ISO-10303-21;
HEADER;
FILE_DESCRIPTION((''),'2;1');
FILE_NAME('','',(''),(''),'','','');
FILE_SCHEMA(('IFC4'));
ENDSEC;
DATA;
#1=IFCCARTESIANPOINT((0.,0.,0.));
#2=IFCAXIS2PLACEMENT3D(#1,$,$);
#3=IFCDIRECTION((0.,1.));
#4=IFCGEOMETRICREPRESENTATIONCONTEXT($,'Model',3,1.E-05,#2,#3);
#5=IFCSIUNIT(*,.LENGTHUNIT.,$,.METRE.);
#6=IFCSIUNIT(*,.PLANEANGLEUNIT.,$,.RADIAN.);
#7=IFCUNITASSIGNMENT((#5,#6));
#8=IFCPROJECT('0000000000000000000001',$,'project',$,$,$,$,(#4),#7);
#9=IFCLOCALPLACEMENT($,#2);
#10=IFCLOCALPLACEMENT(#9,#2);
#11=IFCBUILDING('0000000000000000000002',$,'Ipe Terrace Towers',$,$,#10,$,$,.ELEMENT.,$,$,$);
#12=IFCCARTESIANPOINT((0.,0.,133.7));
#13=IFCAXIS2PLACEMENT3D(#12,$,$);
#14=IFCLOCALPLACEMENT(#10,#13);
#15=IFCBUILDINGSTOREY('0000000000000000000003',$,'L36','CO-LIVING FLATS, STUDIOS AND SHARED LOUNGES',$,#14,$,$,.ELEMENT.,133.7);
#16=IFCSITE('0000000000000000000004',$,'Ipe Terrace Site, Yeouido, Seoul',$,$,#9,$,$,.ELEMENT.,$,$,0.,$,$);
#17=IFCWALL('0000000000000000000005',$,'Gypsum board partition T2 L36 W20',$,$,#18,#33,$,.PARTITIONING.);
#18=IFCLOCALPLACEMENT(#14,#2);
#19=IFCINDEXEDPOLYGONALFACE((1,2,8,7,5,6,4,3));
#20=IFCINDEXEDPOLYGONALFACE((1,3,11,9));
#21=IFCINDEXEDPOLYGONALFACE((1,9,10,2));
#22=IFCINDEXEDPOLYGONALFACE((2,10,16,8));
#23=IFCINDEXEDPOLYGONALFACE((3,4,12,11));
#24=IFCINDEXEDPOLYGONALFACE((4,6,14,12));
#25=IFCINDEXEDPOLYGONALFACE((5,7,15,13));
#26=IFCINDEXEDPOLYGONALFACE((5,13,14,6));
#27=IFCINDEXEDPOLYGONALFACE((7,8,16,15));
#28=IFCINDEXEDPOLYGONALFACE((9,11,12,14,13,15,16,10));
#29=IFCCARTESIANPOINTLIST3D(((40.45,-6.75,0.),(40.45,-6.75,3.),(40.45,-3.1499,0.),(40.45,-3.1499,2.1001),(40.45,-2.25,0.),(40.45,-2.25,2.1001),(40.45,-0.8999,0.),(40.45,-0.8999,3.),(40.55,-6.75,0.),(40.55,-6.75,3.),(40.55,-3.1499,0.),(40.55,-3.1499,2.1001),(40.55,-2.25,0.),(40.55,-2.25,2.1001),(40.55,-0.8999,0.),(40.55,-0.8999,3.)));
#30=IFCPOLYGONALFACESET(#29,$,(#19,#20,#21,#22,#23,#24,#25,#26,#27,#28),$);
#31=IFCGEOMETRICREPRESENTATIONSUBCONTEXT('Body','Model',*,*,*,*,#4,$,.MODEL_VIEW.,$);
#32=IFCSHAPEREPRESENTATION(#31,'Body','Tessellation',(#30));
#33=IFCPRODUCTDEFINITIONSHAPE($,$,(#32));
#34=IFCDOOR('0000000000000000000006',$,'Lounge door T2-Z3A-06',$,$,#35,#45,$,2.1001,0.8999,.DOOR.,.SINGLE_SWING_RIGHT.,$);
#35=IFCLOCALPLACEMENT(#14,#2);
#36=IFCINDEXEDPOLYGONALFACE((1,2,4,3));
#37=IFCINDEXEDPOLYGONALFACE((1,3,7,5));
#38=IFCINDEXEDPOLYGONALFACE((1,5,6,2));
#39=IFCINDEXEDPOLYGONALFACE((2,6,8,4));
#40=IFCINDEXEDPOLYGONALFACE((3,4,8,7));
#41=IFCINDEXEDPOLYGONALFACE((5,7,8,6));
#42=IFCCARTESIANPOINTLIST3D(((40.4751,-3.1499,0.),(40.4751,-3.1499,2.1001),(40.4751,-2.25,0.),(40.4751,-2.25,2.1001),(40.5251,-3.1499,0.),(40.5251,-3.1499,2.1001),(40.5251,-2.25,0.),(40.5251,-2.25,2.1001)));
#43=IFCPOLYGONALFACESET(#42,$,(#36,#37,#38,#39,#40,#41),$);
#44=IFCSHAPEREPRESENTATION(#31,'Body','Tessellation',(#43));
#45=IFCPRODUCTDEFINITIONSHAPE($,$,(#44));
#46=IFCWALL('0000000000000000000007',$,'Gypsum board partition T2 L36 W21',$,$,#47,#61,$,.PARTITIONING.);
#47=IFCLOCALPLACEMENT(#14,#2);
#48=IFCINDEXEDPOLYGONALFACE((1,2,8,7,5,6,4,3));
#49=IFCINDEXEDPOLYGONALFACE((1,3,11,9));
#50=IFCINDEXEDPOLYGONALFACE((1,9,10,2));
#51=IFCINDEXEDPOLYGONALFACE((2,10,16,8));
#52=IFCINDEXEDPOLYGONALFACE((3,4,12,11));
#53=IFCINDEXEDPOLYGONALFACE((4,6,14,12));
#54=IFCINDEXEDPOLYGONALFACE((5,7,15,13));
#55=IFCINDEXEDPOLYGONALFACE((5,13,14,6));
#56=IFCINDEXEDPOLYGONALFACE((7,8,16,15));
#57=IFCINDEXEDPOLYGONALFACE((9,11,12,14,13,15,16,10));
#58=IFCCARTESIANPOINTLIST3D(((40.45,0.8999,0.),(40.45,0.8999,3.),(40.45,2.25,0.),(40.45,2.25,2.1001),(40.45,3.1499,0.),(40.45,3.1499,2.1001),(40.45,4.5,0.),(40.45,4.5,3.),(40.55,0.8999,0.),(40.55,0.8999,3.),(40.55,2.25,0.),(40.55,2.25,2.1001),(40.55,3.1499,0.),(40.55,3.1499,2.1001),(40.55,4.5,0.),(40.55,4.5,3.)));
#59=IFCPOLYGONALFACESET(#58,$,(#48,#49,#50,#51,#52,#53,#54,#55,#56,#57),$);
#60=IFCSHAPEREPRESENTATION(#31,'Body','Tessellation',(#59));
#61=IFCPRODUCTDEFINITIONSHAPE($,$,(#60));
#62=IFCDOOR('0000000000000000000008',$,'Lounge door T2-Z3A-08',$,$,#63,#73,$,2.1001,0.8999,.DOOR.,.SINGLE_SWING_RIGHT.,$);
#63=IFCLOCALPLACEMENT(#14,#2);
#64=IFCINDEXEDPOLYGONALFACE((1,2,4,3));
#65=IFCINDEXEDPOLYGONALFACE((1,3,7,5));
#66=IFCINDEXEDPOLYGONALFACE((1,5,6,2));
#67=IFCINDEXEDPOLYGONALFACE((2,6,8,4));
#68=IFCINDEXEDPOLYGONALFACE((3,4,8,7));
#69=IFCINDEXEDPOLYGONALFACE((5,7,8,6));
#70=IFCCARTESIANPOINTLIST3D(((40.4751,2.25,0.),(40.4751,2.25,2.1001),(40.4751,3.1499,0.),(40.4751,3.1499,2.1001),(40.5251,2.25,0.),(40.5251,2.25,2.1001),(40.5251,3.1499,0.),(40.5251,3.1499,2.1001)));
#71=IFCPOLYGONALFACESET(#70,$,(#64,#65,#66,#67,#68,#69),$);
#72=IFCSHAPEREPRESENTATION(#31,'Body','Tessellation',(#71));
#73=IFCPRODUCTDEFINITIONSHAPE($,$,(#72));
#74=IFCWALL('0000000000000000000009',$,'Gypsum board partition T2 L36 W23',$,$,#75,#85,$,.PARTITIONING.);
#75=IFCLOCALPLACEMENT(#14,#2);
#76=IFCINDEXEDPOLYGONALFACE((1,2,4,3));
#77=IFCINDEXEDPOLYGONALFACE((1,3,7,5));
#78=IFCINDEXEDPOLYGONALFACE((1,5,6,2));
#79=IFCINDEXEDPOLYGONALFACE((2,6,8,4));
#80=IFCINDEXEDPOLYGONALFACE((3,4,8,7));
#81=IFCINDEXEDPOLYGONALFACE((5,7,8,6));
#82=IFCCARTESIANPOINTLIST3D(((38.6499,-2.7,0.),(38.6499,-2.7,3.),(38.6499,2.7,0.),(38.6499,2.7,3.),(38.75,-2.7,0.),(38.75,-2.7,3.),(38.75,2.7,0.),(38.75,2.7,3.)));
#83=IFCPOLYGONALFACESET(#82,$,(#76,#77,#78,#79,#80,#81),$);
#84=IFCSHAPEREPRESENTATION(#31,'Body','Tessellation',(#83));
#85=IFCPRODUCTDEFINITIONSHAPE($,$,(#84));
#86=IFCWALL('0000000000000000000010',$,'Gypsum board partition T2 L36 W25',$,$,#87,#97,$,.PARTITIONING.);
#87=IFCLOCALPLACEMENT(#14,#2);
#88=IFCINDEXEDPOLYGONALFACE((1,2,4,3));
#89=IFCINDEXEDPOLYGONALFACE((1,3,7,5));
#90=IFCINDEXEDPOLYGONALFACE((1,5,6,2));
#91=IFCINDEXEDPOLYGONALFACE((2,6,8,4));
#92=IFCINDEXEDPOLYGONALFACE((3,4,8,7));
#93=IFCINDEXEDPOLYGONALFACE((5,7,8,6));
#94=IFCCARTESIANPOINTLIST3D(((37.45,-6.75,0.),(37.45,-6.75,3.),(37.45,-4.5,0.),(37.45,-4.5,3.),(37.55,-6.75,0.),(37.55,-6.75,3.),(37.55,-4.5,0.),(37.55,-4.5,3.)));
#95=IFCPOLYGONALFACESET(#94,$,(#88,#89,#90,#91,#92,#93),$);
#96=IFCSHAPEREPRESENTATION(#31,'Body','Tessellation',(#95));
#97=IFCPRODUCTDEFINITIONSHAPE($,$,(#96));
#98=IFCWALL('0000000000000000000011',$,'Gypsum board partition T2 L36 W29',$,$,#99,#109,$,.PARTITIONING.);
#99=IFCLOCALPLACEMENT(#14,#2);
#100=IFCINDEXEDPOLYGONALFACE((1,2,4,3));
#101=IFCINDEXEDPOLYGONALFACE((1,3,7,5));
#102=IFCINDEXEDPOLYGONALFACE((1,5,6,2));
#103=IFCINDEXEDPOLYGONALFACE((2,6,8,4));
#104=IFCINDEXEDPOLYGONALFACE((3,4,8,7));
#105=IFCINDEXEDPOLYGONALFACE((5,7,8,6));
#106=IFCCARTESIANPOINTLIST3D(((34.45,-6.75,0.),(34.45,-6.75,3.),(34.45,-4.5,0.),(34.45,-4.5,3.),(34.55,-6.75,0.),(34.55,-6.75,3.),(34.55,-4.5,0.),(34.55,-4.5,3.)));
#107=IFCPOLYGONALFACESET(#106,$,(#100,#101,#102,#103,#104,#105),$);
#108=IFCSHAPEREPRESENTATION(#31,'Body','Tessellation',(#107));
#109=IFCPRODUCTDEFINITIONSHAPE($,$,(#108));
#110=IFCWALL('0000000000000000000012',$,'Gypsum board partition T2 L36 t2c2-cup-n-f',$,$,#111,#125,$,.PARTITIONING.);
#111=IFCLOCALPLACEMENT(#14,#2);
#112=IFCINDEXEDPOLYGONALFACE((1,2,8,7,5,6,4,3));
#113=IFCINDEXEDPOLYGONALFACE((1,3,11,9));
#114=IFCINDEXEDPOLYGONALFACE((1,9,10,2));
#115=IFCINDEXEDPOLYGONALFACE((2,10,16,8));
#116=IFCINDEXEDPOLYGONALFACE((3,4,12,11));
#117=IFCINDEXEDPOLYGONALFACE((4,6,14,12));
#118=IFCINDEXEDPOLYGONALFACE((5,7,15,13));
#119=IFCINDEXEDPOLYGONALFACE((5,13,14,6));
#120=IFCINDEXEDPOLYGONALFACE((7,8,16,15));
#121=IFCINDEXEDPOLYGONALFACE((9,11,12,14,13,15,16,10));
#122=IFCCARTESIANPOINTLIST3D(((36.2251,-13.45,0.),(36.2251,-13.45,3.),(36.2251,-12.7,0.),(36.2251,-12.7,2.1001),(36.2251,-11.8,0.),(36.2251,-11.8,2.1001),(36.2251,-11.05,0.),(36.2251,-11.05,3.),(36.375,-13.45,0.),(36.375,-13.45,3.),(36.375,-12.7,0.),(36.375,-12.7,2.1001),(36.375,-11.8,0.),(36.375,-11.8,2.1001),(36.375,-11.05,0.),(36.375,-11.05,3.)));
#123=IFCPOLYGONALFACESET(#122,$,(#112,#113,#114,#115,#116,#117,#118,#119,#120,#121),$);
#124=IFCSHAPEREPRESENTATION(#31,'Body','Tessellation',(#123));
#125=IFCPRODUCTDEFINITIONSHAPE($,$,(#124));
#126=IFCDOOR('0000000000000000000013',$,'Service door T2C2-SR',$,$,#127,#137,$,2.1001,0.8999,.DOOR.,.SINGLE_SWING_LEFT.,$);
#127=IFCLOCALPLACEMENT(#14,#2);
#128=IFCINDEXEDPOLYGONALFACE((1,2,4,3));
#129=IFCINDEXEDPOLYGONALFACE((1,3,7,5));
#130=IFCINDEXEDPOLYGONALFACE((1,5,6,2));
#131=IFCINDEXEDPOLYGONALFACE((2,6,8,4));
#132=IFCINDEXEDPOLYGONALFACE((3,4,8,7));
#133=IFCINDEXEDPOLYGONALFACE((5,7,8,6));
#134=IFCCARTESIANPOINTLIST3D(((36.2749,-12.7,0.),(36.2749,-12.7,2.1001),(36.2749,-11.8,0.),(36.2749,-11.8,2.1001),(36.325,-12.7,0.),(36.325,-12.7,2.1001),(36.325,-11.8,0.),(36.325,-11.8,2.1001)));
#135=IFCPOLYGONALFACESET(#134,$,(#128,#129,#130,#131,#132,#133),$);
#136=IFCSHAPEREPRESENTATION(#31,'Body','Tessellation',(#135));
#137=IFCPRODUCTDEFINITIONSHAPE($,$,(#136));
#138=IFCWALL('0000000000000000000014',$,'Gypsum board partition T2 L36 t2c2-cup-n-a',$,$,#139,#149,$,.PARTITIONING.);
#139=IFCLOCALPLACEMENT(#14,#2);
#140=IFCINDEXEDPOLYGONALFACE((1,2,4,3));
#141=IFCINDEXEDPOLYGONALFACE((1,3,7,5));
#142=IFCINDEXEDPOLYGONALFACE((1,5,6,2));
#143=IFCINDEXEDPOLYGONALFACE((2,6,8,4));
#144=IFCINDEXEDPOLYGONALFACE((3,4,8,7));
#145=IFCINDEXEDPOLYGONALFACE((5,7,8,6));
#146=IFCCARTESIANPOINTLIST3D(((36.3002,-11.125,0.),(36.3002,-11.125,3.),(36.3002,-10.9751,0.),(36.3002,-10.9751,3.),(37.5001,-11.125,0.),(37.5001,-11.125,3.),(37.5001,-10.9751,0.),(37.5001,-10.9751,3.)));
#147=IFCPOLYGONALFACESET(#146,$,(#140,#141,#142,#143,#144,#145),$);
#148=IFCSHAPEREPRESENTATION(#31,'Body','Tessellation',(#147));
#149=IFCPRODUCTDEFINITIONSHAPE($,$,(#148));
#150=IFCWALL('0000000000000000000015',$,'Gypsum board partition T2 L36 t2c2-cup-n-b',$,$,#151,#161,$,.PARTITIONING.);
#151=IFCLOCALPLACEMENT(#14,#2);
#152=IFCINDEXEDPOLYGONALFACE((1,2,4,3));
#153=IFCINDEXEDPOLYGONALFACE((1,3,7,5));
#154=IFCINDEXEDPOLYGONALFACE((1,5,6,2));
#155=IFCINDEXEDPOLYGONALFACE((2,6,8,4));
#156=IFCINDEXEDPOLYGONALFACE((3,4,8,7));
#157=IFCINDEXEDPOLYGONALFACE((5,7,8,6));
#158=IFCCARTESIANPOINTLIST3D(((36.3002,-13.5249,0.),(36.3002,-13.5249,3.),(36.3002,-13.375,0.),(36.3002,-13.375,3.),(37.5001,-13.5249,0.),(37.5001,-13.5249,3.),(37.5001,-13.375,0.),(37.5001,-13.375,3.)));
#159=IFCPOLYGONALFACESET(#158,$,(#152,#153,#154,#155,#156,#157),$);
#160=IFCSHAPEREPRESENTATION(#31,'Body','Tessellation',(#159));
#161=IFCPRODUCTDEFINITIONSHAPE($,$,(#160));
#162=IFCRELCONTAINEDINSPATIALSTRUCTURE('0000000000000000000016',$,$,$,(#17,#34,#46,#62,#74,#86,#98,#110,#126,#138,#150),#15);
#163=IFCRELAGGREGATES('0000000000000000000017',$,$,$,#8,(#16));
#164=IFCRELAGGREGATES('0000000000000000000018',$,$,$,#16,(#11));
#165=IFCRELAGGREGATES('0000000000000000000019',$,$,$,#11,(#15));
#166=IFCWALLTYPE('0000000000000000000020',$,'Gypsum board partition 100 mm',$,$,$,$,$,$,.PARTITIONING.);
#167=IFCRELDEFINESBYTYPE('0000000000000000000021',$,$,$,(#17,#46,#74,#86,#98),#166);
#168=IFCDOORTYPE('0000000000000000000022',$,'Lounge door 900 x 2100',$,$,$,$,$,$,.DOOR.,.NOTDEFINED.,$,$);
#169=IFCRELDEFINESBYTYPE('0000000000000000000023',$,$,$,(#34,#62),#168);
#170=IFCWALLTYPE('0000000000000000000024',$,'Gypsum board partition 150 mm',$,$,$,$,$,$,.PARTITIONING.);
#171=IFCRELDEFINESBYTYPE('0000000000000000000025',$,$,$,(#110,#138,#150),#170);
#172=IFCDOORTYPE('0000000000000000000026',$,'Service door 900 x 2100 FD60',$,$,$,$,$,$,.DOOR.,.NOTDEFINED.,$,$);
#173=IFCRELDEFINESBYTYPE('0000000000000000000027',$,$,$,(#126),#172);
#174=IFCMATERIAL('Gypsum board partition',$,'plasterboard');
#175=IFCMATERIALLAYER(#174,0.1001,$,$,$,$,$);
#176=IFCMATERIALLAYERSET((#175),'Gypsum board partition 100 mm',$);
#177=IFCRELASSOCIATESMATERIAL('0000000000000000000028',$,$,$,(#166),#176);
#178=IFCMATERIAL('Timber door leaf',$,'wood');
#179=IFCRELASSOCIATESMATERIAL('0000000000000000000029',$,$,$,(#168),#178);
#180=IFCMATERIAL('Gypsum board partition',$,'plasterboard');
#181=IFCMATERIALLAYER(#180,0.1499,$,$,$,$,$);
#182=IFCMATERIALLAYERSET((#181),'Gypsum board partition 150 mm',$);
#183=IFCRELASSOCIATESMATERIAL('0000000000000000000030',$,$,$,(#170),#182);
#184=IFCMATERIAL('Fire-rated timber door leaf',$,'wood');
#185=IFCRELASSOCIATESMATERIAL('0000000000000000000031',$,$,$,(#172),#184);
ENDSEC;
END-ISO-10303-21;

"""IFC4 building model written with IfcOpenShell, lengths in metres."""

from ifc_helpers import new_model, si_unit, direction, frame, frame_2d, origin, place, context, subcontext, project, spatial, rectangle, extrude, material, layer, layer_set, type_object, element, fill, save


model = new_model("IFC4")

# Units and contexts
model_context = context("Model", 3, precision=1e-05, world=origin(), true_north=direction((0.0, 1.0)))
body_context = subcontext(model_context, "Body", "Model", "MODEL_VIEW")
ifc_project = project(units=[si_unit("LENGTHUNIT", "METRE"), si_unit("PLANEANGLEUNIT", "RADIAN")], contexts=[model_context])

# Site, building, storey
site_placement = place(None, origin())
site = spatial("IfcSite", under=ifc_project, at=site_placement, Name="Ipe Terrace Site, Yeouido, Seoul", CompositionType="ELEMENT", RefElevation=0.0)
building_placement = place(site_placement, origin())
building = spatial("IfcBuilding", under=site, at=building_placement, Name="Ipe Terrace Towers", CompositionType="ELEMENT")
storey_placement = place(building_placement, frame((0.0, 0.0, 133.7)))
storey = spatial("IfcBuildingStorey", under=building, at=storey_placement, Name="L36", Description="CO-LIVING FLATS, STUDIOS AND SHARED LOUNGES", CompositionType="ELEMENT", Elevation=133.7)

# Shared definitions
ifc_material_1 = material(Name="Gypsum board partition", Category="plasterboard")
ifc_layer_1 = layer(ifc_material_1, 0.1001)
ifc_layer_set_1 = layer_set([ifc_layer_1], Name="Gypsum board partition 100 mm")
wall_type_1 = type_object("IfcWallType", Name="Gypsum board partition 100 mm", PredefinedType="PARTITIONING", material=ifc_layer_set_1)
ifc_material_2 = material(Name="Timber door leaf", Category="wood")
door_type_1 = type_object("IfcDoorType", Name="Lounge door 900 x 2100", OperationType="NOTDEFINED", PredefinedType="DOOR", material=ifc_material_2)

# Walls, openings, doors
wall_1_placement = place(storey_placement, frame((40.5, -6.75, 0.0), z_axis=(0.0, 0.0, 1.0), x_axis=(0.0, 1.0, 0.0)))
wall_1 = element("IfcWall", 1, at=wall_1_placement, inside=storey, type_object=wall_type_1, Name="Gypsum board partition T2 L36 W20", PredefinedType="PARTITIONING", context=body_context, shape_type="SweptSolid", body=[
    extrude(rectangle(XDim=5.8501, YDim=0.1001, at=frame_2d((2.925, 0.0))), origin(), (0.0, 0.0, 1.0), 3.0),
])
opening_1_placement = place(wall_1_placement, frame((3.6001, 0.0, 0.0)))
opening_1 = element("IfcOpeningElement", 2, at=opening_1_placement, cuts=wall_1, PredefinedType="OPENING", context=body_context, shape_type="SweptSolid", body=[
    extrude(rectangle(XDim=0.8999, YDim=2.1001, at=frame_2d((0.45, 1.05))), frame((0.0, 0.0601, 0.0), z_axis=(0.0, -1.0, 0.0), x_axis=(1.0, 0.0, 0.0)), (0.0, 0.0, 1.0), 0.1201),
])
door_1_placement = place(opening_1_placement, origin())
door_1 = element("IfcDoor", 3, at=door_1_placement, inside=storey, type_object=door_type_1, Name="Lounge door T2-Z3A-06", OperationType="SINGLE_SWING_RIGHT", OverallHeight=2.1001, OverallWidth=0.8999, PredefinedType="DOOR", context=body_context, shape_type="SweptSolid", body=[
    extrude(rectangle(XDim=0.8999, YDim=2.1001, at=frame_2d((0.45, 1.05))), frame((0.0, 0.0249, 0.0), z_axis=(0.0, -1.0, 0.0), x_axis=(1.0, 0.0, 0.0)), (0.0, 0.0, 1.0), 0.05),
])
fill(opening_1, door_1)
wall_2_placement = place(storey_placement, frame((40.5, 0.8999, 0.0), z_axis=(0.0, 0.0, 1.0), x_axis=(0.0, 1.0, 0.0)))
wall_2 = element("IfcWall", 4, at=wall_2_placement, inside=storey, type_object=wall_type_1, Name="Gypsum board partition T2 L36 W21", PredefinedType="PARTITIONING", context=body_context, shape_type="SweptSolid", body=[
    extrude(rectangle(XDim=3.6001, YDim=0.1001, at=frame_2d((1.8, 0.0))), origin(), (0.0, 0.0, 1.0), 3.0),
])
opening_2_placement = place(wall_2_placement, frame((1.3501, 0.0, 0.0)))
opening_2 = element("IfcOpeningElement", 5, at=opening_2_placement, cuts=wall_2, PredefinedType="OPENING", context=body_context, shape_type="SweptSolid", body=[
    extrude(rectangle(XDim=0.8999, YDim=2.1001, at=frame_2d((0.45, 1.05))), frame((0.0, 0.0601, 0.0), z_axis=(0.0, -1.0, 0.0), x_axis=(1.0, 0.0, 0.0)), (0.0, 0.0, 1.0), 0.1201),
])
door_2_placement = place(opening_2_placement, origin())
door_2 = element("IfcDoor", 6, at=door_2_placement, inside=storey, type_object=door_type_1, Name="Lounge door T2-Z3A-08", OperationType="SINGLE_SWING_RIGHT", OverallHeight=2.1001, OverallWidth=0.8999, PredefinedType="DOOR", context=body_context, shape_type="SweptSolid", body=[
    extrude(rectangle(XDim=0.8999, YDim=2.1001, at=frame_2d((0.45, 1.05))), frame((0.0, 0.0249, 0.0), z_axis=(0.0, -1.0, 0.0), x_axis=(1.0, 0.0, 0.0)), (0.0, 0.0, 1.0), 0.05),
])
fill(opening_2, door_2)

# Walls
wall_3_placement = place(storey_placement, frame((38.7, -2.7, 0.0), z_axis=(0.0, 0.0, 1.0), x_axis=(0.0, 1.0, 0.0)))
element("IfcWall", 7, at=wall_3_placement, inside=storey, type_object=wall_type_1, Name="Gypsum board partition T2 L36 W23", PredefinedType="PARTITIONING", context=body_context, shape_type="SweptSolid", body=[
    extrude(rectangle(XDim=5.3999, YDim=0.1001, at=frame_2d((2.7, 0.0))), origin(), (0.0, 0.0, 1.0), 3.0),
])
for number, where, z_axis, x_axis, name in (
    (8, (37.5, -6.75, 0.0), (0.0, 0.0, 1.0), (0.0, 1.0, 0.0), "Gypsum board partition T2 L36 W25"),
    (9, (34.5, -6.75, 0.0), (0.0, 0.0, 1.0), (0.0, 1.0, 0.0), "Gypsum board partition T2 L36 W29"),
):
    element("IfcWall", number, at=place(storey_placement, frame(where, z_axis=z_axis, x_axis=x_axis)), inside=storey, type_object=wall_type_1, Name=name, PredefinedType="PARTITIONING", context=body_context, shape_type="SweptSolid", body=[
        extrude(rectangle(XDim=2.25, YDim=0.1001, at=frame_2d((1.125, 0.0))), origin(), (0.0, 0.0, 1.0), 3.0),
    ])

# Wall, opening, door
ifc_material_3 = material(Name="Gypsum board partition", Category="plasterboard")
ifc_layer_2 = layer(ifc_material_3, 0.1499)
ifc_layer_set_2 = layer_set([ifc_layer_2], Name="Gypsum board partition 150 mm")
wall_type_2 = type_object("IfcWallType", Name="Gypsum board partition 150 mm", PredefinedType="PARTITIONING", material=ifc_layer_set_2)
wall_4_placement = place(storey_placement, frame((36.3, -11.05, 0.0), z_axis=(0.0, 0.0, 1.0), x_axis=(0.0, -1.0, 0.0)))
wall_4 = element("IfcWall", 10, at=wall_4_placement, inside=storey, type_object=wall_type_2, Name="Gypsum board partition T2 L36 t2c2-cup-n-f", PredefinedType="PARTITIONING", context=body_context, shape_type="SweptSolid", body=[
    extrude(rectangle(XDim=2.3999, YDim=0.1499, at=frame_2d((1.2, 0.0))), origin(), (0.0, 0.0, 1.0), 3.0),
])
opening_3_placement = place(wall_4_placement, frame((0.75, 0.0, 0.0)))
opening_3 = element("IfcOpeningElement", 11, at=opening_3_placement, cuts=wall_4, PredefinedType="OPENING", context=body_context, shape_type="SweptSolid", body=[
    extrude(rectangle(XDim=0.8999, YDim=2.1001, at=frame_2d((0.45, 1.05))), frame((0.0, 0.085, 0.0), z_axis=(0.0, -1.0, 0.0), x_axis=(1.0, 0.0, 0.0)), (0.0, 0.0, 1.0), 0.1699),
])
ifc_material_4 = material(Name="Fire-rated timber door leaf", Category="wood")
door_type_2 = type_object("IfcDoorType", Name="Service door 900 x 2100 FD60", OperationType="NOTDEFINED", PredefinedType="DOOR", material=ifc_material_4)
door_3_placement = place(opening_3_placement, origin())
door_3 = element("IfcDoor", 12, at=door_3_placement, inside=storey, type_object=door_type_2, Name="Service door T2C2-SR", OperationType="SINGLE_SWING_LEFT", OverallHeight=2.1001, OverallWidth=0.8999, PredefinedType="DOOR", context=body_context, shape_type="SweptSolid", body=[
    extrude(rectangle(XDim=0.8999, YDim=2.1001, at=frame_2d((0.45, 1.05))), frame((0.0, 0.0249, 0.0), z_axis=(0.0, -1.0, 0.0), x_axis=(1.0, 0.0, 0.0)), (0.0, 0.0, 1.0), 0.05),
])
fill(opening_3, door_3)

# Walls
for number, where, z_axis, x_axis, name in (
    (13, (36.3, -11.05, 0.0), (0.0, 0.0, 1.0), (1.0, 0.0, 0.0), "Gypsum board partition T2 L36 t2c2-cup-n-a"),
    (14, (36.3, -13.45, 0.0), (0.0, 0.0, 1.0), (1.0, 0.0, 0.0), "Gypsum board partition T2 L36 t2c2-cup-n-b"),
):
    element("IfcWall", number, at=place(storey_placement, frame(where, z_axis=z_axis, x_axis=x_axis)), inside=storey, type_object=wall_type_2, Name=name, PredefinedType="PARTITIONING", context=body_context, shape_type="SweptSolid", body=[
        extrude(rectangle(XDim=1.2, YDim=0.1499, at=frame_2d((0.6001, 0.0))), origin(), (0.0, 0.0, 1.0), 3.0),
    ])

save(model, "model.ifc")
